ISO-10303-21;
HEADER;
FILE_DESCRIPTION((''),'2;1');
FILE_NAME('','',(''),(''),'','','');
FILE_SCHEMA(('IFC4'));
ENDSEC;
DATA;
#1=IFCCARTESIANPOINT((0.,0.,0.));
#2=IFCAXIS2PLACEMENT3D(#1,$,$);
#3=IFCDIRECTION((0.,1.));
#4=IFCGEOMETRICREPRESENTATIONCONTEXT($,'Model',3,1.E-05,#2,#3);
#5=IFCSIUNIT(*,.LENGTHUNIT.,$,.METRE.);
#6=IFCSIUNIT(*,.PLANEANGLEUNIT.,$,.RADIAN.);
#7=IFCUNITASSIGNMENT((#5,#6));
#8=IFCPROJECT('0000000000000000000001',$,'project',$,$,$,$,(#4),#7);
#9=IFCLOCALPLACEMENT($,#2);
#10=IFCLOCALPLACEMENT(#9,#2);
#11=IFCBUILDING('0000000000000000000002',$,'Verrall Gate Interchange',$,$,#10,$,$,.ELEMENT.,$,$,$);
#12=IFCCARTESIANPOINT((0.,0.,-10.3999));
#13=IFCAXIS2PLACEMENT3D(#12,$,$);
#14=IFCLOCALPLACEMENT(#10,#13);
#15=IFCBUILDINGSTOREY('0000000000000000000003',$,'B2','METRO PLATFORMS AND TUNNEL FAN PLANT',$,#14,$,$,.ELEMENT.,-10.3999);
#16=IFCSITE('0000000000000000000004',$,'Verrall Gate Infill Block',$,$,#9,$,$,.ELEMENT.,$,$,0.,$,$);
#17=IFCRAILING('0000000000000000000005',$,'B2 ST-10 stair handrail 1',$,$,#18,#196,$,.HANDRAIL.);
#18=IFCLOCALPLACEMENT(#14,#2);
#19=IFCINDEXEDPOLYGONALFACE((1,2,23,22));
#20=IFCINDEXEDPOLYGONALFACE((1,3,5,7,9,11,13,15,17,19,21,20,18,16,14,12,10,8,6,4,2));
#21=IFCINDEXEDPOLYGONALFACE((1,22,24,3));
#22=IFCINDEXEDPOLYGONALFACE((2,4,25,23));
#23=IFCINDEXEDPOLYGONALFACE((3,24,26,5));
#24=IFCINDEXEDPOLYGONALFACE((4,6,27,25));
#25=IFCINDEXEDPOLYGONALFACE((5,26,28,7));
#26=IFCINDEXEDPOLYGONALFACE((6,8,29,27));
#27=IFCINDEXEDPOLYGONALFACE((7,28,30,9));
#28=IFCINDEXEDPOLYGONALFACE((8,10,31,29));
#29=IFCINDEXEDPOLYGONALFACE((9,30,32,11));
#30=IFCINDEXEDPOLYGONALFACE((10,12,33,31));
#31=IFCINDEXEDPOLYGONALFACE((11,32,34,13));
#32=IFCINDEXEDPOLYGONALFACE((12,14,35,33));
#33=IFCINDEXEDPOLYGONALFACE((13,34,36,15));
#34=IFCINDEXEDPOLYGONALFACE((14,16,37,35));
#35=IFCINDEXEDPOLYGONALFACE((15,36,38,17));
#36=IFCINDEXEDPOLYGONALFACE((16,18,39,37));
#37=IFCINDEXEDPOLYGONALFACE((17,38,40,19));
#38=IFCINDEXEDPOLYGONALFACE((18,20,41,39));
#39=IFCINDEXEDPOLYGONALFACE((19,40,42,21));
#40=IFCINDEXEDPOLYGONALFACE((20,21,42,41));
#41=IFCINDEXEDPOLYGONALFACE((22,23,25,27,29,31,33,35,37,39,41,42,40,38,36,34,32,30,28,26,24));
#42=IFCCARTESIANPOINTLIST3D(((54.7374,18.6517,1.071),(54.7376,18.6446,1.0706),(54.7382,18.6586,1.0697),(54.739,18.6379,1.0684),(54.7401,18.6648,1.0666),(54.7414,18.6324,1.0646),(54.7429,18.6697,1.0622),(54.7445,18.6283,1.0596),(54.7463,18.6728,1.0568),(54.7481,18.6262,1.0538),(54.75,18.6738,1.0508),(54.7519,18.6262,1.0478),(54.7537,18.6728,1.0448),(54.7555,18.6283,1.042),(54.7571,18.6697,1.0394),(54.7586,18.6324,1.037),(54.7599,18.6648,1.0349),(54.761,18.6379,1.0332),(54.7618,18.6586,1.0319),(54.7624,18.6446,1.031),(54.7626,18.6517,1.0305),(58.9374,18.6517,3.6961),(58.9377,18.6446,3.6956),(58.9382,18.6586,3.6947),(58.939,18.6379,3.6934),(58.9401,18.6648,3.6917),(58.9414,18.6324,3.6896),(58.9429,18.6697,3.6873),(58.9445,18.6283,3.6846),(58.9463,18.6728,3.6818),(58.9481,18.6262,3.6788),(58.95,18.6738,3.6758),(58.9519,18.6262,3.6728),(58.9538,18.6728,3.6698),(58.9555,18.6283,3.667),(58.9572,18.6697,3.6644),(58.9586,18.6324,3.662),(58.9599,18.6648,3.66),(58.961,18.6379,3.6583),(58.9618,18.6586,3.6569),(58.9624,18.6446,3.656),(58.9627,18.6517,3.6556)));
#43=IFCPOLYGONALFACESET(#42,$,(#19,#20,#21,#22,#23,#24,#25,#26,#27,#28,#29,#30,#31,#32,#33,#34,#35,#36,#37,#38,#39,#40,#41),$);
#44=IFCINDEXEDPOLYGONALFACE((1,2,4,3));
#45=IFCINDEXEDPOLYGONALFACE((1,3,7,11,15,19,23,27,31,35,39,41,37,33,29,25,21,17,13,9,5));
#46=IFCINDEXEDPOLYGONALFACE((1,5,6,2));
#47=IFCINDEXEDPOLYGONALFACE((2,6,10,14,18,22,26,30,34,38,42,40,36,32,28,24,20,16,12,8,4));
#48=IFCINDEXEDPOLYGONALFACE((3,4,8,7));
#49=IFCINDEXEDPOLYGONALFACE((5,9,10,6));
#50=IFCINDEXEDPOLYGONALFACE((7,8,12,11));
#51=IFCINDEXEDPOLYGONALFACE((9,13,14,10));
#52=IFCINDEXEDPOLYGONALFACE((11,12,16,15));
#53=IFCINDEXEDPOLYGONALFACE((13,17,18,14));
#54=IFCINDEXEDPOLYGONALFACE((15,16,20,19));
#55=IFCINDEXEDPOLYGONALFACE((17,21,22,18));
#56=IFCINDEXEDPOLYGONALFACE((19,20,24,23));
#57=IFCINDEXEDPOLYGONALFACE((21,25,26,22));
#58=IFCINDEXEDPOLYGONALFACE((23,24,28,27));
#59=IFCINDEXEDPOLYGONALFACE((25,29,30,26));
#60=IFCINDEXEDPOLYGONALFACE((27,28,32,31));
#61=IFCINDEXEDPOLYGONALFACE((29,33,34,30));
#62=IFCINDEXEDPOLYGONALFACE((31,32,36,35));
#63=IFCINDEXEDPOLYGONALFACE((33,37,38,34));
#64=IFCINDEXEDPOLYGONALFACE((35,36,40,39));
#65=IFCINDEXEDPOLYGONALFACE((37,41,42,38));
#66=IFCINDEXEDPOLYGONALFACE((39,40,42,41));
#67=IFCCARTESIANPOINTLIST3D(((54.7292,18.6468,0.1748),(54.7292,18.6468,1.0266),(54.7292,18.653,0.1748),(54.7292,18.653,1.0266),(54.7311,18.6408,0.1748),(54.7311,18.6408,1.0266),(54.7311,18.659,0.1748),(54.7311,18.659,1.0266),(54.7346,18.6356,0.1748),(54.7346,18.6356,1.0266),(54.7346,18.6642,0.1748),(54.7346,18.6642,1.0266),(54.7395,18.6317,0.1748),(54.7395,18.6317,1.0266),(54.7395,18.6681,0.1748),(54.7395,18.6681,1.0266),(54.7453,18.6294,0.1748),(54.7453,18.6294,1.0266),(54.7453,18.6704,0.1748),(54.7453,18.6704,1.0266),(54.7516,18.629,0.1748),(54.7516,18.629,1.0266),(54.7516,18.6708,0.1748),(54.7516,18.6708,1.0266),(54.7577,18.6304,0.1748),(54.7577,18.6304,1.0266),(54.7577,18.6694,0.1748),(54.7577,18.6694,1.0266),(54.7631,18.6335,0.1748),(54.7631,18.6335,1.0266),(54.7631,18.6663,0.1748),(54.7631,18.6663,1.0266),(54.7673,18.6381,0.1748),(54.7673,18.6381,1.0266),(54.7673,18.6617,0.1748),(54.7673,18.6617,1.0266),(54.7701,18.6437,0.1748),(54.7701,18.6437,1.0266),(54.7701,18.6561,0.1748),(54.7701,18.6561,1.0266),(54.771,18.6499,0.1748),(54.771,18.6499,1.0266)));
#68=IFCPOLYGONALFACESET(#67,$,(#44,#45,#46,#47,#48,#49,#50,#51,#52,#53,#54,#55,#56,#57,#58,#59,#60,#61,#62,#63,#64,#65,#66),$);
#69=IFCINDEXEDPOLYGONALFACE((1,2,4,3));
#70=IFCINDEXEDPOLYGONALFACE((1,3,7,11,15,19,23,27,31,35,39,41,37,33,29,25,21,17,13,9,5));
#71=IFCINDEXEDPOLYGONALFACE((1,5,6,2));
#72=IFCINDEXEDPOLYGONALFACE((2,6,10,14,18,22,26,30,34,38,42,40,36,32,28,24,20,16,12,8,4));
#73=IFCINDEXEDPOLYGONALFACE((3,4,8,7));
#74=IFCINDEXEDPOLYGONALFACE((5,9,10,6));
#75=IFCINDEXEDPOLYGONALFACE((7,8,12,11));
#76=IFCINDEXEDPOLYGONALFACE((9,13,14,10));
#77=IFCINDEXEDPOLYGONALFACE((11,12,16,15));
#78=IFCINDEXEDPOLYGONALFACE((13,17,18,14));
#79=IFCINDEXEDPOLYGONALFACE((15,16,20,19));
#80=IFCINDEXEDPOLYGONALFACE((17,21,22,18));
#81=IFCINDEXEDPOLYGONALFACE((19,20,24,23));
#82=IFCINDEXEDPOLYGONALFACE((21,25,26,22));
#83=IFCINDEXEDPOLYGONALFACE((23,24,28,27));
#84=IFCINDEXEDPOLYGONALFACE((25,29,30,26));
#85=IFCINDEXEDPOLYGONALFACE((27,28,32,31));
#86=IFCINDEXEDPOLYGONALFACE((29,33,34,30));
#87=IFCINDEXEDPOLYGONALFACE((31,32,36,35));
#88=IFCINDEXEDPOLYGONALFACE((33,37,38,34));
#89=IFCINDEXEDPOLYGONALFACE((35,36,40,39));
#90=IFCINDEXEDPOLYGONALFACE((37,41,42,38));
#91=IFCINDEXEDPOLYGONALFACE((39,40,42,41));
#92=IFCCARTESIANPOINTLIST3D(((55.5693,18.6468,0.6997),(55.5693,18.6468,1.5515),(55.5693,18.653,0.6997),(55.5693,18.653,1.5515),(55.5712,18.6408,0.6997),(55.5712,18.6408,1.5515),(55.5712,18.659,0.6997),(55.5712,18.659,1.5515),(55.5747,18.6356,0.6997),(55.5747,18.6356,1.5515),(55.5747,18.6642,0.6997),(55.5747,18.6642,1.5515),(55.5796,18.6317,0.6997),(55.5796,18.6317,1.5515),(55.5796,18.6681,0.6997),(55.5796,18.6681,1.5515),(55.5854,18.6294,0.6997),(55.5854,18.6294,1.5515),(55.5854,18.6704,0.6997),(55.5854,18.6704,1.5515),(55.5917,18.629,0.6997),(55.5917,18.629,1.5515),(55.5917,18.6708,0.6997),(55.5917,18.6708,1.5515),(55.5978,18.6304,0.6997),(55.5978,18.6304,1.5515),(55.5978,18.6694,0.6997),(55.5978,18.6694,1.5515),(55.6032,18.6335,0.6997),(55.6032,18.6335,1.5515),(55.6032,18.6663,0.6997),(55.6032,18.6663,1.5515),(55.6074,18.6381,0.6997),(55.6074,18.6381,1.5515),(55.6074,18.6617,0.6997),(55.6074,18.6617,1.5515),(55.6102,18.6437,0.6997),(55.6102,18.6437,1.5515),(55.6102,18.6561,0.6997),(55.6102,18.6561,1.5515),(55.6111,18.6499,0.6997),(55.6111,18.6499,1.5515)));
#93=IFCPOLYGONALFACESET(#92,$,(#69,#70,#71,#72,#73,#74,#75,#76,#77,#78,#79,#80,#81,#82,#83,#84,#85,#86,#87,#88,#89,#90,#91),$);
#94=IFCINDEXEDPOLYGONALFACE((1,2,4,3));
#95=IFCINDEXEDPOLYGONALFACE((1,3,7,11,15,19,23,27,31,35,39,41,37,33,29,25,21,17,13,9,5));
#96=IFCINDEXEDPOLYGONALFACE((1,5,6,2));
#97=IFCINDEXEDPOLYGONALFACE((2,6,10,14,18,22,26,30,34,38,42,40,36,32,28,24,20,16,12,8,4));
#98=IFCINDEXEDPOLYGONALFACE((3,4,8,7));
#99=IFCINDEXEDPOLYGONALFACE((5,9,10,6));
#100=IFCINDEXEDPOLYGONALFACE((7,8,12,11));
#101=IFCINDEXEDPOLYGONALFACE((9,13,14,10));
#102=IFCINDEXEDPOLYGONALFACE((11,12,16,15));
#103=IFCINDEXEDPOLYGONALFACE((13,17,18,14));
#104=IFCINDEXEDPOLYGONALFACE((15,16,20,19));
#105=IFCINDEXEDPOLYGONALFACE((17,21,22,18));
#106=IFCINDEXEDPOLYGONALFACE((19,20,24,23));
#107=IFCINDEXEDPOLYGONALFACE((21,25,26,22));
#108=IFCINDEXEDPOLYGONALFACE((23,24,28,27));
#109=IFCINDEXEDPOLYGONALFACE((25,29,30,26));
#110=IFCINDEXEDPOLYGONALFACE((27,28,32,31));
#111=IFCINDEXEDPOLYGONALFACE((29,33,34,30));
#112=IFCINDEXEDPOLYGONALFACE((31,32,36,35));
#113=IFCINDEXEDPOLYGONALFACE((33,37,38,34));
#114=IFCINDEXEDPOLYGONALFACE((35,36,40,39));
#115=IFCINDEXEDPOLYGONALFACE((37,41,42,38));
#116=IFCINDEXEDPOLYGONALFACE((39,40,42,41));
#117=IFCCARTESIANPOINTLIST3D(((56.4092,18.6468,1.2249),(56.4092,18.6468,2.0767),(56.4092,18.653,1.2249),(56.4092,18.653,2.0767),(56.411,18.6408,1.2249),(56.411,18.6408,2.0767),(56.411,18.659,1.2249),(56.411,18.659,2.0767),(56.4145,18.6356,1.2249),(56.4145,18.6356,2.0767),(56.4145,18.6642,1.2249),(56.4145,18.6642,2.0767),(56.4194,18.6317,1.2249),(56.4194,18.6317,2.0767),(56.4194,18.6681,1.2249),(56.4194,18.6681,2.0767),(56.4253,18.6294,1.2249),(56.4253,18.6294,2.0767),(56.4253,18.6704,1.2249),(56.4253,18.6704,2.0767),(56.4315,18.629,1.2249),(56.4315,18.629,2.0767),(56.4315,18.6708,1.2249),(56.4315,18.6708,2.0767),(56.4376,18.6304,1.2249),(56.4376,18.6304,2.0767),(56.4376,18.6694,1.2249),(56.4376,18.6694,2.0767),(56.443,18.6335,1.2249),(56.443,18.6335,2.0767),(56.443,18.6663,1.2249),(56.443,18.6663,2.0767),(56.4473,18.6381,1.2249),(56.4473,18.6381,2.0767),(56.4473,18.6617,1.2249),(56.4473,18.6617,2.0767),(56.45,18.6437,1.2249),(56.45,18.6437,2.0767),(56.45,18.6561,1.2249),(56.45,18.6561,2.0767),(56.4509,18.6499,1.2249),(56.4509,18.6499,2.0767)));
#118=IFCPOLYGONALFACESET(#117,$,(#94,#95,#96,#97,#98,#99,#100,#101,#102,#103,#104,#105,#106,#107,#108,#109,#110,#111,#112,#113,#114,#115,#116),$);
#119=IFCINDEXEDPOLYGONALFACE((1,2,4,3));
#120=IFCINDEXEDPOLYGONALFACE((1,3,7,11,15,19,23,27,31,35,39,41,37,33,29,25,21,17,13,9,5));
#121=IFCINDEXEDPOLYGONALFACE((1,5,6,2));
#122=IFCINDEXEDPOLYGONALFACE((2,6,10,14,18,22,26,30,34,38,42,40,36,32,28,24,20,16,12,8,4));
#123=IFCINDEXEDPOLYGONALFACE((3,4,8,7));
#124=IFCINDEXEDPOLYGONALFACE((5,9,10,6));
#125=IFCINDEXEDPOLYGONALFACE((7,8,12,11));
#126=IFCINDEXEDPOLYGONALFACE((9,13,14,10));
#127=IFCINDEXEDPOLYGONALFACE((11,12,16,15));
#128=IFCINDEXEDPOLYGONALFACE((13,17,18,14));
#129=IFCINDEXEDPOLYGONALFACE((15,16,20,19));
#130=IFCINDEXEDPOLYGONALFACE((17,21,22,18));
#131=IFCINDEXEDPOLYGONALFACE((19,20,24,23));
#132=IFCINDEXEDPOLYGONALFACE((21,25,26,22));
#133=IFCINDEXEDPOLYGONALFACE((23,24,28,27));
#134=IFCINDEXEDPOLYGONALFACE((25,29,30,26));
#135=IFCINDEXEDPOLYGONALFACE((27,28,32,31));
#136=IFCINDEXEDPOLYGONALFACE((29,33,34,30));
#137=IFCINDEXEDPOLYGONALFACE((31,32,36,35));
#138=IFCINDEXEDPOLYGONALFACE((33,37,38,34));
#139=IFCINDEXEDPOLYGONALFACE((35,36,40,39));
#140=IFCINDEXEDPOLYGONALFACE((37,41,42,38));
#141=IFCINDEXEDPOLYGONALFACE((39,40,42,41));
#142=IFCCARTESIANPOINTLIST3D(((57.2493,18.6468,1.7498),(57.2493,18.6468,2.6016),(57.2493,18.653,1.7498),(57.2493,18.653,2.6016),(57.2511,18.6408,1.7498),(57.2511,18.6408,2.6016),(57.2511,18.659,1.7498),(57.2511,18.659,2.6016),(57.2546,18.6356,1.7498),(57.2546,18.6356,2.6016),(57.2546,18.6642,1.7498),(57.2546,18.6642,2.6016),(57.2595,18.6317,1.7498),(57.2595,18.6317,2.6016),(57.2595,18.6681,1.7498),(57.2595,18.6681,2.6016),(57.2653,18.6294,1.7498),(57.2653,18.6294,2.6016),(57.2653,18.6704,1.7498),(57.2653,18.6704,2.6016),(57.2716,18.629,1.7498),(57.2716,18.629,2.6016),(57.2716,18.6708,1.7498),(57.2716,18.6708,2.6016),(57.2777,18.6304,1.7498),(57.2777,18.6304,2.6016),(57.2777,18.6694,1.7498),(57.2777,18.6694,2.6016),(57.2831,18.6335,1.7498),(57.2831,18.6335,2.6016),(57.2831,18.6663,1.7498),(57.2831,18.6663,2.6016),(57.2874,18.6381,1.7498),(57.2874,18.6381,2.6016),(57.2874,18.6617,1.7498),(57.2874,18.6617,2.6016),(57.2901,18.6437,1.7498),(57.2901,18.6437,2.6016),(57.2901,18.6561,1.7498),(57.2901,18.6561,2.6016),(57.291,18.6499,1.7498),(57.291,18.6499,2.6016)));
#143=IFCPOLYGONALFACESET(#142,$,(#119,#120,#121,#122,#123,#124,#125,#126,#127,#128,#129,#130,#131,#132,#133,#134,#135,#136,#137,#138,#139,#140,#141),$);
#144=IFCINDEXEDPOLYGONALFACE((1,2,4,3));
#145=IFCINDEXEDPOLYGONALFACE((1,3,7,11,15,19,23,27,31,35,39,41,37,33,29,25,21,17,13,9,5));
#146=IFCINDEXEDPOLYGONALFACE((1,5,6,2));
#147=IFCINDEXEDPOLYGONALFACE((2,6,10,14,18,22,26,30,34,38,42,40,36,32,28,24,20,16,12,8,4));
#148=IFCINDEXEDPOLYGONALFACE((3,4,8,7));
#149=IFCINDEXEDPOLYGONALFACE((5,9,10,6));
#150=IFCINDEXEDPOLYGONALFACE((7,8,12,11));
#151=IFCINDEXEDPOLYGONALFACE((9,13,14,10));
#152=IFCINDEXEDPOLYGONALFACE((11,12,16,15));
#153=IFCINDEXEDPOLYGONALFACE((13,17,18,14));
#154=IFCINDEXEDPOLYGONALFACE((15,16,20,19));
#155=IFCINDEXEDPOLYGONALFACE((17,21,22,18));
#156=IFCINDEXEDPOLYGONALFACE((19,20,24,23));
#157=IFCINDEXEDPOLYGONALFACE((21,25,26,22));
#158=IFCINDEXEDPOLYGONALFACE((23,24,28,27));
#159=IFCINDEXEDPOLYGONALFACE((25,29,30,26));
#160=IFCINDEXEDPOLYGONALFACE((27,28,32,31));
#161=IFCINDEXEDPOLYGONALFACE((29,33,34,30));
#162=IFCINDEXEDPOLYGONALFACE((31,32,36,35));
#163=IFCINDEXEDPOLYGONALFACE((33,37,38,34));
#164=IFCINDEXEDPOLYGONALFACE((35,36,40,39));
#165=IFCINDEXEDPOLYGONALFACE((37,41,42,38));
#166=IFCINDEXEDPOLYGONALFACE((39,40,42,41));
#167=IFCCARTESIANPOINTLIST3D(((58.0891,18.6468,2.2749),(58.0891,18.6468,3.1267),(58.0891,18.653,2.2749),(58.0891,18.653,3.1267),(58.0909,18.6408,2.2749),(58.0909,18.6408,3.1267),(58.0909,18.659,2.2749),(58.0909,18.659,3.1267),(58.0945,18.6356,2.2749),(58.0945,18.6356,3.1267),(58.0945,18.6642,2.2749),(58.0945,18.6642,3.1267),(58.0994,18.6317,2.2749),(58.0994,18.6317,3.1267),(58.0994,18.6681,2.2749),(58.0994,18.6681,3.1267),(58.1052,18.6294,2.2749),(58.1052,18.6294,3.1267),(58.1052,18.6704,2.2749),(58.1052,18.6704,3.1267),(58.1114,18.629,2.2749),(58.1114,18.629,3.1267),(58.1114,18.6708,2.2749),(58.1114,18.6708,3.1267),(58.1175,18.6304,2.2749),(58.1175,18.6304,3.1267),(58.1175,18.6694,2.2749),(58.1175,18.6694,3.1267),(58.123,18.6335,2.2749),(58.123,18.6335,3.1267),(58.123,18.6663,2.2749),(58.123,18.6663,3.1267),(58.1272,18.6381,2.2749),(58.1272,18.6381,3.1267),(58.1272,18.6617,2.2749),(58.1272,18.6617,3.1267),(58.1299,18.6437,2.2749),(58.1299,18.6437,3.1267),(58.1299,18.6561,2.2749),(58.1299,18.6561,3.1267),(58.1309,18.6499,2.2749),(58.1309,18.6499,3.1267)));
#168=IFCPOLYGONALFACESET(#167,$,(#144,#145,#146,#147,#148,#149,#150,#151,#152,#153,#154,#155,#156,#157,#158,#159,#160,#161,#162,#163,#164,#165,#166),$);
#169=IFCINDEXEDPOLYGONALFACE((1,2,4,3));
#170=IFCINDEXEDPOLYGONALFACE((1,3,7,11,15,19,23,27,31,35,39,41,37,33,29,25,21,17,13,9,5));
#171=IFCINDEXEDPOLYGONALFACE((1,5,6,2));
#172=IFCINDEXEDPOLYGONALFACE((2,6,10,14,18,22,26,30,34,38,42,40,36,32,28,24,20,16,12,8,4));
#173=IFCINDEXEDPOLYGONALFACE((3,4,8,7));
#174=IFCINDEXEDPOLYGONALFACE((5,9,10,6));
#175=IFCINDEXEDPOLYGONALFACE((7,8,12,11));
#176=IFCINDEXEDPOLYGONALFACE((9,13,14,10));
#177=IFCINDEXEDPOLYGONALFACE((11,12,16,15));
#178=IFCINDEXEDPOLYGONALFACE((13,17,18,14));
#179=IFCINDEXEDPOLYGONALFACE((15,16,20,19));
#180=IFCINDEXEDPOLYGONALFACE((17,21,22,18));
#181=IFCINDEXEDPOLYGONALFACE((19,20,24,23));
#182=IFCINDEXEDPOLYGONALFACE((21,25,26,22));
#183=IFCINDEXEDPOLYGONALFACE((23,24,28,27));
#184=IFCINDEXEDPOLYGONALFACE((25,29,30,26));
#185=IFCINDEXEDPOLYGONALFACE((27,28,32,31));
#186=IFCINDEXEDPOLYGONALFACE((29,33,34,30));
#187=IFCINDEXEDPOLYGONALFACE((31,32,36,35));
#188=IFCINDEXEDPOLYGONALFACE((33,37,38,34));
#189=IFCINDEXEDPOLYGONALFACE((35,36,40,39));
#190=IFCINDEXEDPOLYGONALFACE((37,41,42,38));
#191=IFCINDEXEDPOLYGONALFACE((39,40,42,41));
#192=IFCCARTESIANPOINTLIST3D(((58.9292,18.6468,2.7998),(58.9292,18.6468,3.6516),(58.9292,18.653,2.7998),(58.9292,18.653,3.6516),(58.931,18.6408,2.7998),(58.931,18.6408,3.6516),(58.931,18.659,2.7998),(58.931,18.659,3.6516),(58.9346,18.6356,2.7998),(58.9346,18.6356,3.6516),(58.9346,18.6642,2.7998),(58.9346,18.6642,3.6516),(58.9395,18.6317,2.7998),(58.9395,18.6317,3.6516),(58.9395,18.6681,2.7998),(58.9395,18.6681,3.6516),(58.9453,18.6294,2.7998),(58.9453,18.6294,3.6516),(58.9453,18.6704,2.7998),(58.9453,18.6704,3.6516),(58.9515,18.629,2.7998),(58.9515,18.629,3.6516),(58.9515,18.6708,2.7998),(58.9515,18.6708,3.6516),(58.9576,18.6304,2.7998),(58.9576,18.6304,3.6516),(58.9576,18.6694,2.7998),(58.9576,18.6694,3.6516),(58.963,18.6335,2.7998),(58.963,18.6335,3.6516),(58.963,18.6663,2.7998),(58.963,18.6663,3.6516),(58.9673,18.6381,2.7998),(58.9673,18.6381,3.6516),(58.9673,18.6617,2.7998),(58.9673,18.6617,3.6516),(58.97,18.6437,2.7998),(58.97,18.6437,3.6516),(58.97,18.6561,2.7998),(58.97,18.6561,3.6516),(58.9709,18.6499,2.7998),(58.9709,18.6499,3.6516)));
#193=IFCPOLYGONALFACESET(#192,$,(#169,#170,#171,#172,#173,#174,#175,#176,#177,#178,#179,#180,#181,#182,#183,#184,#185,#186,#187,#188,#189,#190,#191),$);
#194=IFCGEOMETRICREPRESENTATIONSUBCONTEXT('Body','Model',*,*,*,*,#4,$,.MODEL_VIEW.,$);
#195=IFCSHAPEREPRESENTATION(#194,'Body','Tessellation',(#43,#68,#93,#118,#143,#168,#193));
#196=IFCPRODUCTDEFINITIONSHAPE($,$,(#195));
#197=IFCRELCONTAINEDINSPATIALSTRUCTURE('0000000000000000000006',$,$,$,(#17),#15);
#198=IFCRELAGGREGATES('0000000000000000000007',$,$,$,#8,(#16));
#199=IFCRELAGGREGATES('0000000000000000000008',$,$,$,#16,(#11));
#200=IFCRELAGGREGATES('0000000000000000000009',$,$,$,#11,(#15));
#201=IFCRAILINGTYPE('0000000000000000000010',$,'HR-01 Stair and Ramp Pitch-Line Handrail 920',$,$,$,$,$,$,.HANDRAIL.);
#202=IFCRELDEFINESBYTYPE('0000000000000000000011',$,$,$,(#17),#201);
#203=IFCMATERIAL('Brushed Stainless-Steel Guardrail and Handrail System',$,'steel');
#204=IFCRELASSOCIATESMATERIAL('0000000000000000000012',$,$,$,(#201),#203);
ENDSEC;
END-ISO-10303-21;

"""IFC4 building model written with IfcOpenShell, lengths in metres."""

from ifc_helpers import new_model, si_unit, direction, frame, origin, origin_2d, place, context, subcontext, project, spatial, circle, extrude, material, type_object, element, save


model = new_model("IFC4")

# Units and contexts
model_context = context("Model", 3, precision=1e-05, world=origin(), true_north=direction((0.0, 1.0)))
body_context = subcontext(model_context, "Body", "Model", "MODEL_VIEW")
ifc_project = project(units=[si_unit("LENGTHUNIT", "METRE"), si_unit("PLANEANGLEUNIT", "RADIAN")], contexts=[model_context])

# Site, building, storey
site_placement = place(None, origin())
site = spatial("IfcSite", under=ifc_project, at=site_placement, Name="Verrall Gate Infill Block", CompositionType="ELEMENT", RefElevation=0.0)
building_placement = place(site_placement, origin())
building = spatial("IfcBuilding", under=site, at=building_placement, Name="Verrall Gate Interchange", CompositionType="ELEMENT")
storey_placement = place(building_placement, frame((0.0, 0.0, -10.3999)))
storey = spatial("IfcBuildingStorey", under=building, at=storey_placement, Name="B2", Description="METRO PLATFORMS AND TUNNEL FAN PLANT", CompositionType="ELEMENT", Elevation=-10.3999)

# Railing
ifc_material_1 = material(Name="Brushed Stainless-Steel Guardrail and Handrail System", Category="steel")
railing_type_1 = type_object("IfcRailingType", Name="HR-01 Stair and Ramp Pitch-Line Handrail 920", PredefinedType="HANDRAIL", material=ifc_material_1)
railing_1_placement = place(storey_placement, frame((54.75, 18.6499, 0.1748)))
element("IfcRailing", 1, at=railing_1_placement, inside=storey, type_object=railing_type_1, Name="B2 ST-10 stair handrail 1", PredefinedType="HANDRAIL", context=body_context, shape_type="SweptSolid", body=[
    extrude(circle(Radius=0.0239, at=origin_2d()), frame((0.0, 0.0, 0.876), z_axis=(0.847996, 0.0, 0.530003), x_axis=(0.0, 1.0, 0.0)), (0.0, 0.0, 1.0), 4.9529),
    extrude(circle(Radius=0.021, at=origin_2d()), origin(), (0.0, 0.0, 1.0), 0.8518),
    extrude(circle(Radius=0.021, at=origin_2d()), frame((0.8401, 0.0, 0.5249)), (0.0, 0.0, 1.0), 0.8518),
    extrude(circle(Radius=0.021, at=origin_2d()), frame((1.6799, 0.0, 1.05)), (0.0, 0.0, 1.0), 0.8518),
    extrude(circle(Radius=0.021, at=origin_2d()), frame((2.52, 0.0, 1.575)), (0.0, 0.0, 1.0), 0.8518),
    extrude(circle(Radius=0.021, at=origin_2d()), frame((3.3599, 0.0, 2.1001)), (0.0, 0.0, 1.0), 0.8518),
    extrude(circle(Radius=0.021, at=origin_2d()), frame((4.2, 0.0, 2.625)), (0.0, 0.0, 1.0), 0.8518),
])

save(model, "model.ifc")
